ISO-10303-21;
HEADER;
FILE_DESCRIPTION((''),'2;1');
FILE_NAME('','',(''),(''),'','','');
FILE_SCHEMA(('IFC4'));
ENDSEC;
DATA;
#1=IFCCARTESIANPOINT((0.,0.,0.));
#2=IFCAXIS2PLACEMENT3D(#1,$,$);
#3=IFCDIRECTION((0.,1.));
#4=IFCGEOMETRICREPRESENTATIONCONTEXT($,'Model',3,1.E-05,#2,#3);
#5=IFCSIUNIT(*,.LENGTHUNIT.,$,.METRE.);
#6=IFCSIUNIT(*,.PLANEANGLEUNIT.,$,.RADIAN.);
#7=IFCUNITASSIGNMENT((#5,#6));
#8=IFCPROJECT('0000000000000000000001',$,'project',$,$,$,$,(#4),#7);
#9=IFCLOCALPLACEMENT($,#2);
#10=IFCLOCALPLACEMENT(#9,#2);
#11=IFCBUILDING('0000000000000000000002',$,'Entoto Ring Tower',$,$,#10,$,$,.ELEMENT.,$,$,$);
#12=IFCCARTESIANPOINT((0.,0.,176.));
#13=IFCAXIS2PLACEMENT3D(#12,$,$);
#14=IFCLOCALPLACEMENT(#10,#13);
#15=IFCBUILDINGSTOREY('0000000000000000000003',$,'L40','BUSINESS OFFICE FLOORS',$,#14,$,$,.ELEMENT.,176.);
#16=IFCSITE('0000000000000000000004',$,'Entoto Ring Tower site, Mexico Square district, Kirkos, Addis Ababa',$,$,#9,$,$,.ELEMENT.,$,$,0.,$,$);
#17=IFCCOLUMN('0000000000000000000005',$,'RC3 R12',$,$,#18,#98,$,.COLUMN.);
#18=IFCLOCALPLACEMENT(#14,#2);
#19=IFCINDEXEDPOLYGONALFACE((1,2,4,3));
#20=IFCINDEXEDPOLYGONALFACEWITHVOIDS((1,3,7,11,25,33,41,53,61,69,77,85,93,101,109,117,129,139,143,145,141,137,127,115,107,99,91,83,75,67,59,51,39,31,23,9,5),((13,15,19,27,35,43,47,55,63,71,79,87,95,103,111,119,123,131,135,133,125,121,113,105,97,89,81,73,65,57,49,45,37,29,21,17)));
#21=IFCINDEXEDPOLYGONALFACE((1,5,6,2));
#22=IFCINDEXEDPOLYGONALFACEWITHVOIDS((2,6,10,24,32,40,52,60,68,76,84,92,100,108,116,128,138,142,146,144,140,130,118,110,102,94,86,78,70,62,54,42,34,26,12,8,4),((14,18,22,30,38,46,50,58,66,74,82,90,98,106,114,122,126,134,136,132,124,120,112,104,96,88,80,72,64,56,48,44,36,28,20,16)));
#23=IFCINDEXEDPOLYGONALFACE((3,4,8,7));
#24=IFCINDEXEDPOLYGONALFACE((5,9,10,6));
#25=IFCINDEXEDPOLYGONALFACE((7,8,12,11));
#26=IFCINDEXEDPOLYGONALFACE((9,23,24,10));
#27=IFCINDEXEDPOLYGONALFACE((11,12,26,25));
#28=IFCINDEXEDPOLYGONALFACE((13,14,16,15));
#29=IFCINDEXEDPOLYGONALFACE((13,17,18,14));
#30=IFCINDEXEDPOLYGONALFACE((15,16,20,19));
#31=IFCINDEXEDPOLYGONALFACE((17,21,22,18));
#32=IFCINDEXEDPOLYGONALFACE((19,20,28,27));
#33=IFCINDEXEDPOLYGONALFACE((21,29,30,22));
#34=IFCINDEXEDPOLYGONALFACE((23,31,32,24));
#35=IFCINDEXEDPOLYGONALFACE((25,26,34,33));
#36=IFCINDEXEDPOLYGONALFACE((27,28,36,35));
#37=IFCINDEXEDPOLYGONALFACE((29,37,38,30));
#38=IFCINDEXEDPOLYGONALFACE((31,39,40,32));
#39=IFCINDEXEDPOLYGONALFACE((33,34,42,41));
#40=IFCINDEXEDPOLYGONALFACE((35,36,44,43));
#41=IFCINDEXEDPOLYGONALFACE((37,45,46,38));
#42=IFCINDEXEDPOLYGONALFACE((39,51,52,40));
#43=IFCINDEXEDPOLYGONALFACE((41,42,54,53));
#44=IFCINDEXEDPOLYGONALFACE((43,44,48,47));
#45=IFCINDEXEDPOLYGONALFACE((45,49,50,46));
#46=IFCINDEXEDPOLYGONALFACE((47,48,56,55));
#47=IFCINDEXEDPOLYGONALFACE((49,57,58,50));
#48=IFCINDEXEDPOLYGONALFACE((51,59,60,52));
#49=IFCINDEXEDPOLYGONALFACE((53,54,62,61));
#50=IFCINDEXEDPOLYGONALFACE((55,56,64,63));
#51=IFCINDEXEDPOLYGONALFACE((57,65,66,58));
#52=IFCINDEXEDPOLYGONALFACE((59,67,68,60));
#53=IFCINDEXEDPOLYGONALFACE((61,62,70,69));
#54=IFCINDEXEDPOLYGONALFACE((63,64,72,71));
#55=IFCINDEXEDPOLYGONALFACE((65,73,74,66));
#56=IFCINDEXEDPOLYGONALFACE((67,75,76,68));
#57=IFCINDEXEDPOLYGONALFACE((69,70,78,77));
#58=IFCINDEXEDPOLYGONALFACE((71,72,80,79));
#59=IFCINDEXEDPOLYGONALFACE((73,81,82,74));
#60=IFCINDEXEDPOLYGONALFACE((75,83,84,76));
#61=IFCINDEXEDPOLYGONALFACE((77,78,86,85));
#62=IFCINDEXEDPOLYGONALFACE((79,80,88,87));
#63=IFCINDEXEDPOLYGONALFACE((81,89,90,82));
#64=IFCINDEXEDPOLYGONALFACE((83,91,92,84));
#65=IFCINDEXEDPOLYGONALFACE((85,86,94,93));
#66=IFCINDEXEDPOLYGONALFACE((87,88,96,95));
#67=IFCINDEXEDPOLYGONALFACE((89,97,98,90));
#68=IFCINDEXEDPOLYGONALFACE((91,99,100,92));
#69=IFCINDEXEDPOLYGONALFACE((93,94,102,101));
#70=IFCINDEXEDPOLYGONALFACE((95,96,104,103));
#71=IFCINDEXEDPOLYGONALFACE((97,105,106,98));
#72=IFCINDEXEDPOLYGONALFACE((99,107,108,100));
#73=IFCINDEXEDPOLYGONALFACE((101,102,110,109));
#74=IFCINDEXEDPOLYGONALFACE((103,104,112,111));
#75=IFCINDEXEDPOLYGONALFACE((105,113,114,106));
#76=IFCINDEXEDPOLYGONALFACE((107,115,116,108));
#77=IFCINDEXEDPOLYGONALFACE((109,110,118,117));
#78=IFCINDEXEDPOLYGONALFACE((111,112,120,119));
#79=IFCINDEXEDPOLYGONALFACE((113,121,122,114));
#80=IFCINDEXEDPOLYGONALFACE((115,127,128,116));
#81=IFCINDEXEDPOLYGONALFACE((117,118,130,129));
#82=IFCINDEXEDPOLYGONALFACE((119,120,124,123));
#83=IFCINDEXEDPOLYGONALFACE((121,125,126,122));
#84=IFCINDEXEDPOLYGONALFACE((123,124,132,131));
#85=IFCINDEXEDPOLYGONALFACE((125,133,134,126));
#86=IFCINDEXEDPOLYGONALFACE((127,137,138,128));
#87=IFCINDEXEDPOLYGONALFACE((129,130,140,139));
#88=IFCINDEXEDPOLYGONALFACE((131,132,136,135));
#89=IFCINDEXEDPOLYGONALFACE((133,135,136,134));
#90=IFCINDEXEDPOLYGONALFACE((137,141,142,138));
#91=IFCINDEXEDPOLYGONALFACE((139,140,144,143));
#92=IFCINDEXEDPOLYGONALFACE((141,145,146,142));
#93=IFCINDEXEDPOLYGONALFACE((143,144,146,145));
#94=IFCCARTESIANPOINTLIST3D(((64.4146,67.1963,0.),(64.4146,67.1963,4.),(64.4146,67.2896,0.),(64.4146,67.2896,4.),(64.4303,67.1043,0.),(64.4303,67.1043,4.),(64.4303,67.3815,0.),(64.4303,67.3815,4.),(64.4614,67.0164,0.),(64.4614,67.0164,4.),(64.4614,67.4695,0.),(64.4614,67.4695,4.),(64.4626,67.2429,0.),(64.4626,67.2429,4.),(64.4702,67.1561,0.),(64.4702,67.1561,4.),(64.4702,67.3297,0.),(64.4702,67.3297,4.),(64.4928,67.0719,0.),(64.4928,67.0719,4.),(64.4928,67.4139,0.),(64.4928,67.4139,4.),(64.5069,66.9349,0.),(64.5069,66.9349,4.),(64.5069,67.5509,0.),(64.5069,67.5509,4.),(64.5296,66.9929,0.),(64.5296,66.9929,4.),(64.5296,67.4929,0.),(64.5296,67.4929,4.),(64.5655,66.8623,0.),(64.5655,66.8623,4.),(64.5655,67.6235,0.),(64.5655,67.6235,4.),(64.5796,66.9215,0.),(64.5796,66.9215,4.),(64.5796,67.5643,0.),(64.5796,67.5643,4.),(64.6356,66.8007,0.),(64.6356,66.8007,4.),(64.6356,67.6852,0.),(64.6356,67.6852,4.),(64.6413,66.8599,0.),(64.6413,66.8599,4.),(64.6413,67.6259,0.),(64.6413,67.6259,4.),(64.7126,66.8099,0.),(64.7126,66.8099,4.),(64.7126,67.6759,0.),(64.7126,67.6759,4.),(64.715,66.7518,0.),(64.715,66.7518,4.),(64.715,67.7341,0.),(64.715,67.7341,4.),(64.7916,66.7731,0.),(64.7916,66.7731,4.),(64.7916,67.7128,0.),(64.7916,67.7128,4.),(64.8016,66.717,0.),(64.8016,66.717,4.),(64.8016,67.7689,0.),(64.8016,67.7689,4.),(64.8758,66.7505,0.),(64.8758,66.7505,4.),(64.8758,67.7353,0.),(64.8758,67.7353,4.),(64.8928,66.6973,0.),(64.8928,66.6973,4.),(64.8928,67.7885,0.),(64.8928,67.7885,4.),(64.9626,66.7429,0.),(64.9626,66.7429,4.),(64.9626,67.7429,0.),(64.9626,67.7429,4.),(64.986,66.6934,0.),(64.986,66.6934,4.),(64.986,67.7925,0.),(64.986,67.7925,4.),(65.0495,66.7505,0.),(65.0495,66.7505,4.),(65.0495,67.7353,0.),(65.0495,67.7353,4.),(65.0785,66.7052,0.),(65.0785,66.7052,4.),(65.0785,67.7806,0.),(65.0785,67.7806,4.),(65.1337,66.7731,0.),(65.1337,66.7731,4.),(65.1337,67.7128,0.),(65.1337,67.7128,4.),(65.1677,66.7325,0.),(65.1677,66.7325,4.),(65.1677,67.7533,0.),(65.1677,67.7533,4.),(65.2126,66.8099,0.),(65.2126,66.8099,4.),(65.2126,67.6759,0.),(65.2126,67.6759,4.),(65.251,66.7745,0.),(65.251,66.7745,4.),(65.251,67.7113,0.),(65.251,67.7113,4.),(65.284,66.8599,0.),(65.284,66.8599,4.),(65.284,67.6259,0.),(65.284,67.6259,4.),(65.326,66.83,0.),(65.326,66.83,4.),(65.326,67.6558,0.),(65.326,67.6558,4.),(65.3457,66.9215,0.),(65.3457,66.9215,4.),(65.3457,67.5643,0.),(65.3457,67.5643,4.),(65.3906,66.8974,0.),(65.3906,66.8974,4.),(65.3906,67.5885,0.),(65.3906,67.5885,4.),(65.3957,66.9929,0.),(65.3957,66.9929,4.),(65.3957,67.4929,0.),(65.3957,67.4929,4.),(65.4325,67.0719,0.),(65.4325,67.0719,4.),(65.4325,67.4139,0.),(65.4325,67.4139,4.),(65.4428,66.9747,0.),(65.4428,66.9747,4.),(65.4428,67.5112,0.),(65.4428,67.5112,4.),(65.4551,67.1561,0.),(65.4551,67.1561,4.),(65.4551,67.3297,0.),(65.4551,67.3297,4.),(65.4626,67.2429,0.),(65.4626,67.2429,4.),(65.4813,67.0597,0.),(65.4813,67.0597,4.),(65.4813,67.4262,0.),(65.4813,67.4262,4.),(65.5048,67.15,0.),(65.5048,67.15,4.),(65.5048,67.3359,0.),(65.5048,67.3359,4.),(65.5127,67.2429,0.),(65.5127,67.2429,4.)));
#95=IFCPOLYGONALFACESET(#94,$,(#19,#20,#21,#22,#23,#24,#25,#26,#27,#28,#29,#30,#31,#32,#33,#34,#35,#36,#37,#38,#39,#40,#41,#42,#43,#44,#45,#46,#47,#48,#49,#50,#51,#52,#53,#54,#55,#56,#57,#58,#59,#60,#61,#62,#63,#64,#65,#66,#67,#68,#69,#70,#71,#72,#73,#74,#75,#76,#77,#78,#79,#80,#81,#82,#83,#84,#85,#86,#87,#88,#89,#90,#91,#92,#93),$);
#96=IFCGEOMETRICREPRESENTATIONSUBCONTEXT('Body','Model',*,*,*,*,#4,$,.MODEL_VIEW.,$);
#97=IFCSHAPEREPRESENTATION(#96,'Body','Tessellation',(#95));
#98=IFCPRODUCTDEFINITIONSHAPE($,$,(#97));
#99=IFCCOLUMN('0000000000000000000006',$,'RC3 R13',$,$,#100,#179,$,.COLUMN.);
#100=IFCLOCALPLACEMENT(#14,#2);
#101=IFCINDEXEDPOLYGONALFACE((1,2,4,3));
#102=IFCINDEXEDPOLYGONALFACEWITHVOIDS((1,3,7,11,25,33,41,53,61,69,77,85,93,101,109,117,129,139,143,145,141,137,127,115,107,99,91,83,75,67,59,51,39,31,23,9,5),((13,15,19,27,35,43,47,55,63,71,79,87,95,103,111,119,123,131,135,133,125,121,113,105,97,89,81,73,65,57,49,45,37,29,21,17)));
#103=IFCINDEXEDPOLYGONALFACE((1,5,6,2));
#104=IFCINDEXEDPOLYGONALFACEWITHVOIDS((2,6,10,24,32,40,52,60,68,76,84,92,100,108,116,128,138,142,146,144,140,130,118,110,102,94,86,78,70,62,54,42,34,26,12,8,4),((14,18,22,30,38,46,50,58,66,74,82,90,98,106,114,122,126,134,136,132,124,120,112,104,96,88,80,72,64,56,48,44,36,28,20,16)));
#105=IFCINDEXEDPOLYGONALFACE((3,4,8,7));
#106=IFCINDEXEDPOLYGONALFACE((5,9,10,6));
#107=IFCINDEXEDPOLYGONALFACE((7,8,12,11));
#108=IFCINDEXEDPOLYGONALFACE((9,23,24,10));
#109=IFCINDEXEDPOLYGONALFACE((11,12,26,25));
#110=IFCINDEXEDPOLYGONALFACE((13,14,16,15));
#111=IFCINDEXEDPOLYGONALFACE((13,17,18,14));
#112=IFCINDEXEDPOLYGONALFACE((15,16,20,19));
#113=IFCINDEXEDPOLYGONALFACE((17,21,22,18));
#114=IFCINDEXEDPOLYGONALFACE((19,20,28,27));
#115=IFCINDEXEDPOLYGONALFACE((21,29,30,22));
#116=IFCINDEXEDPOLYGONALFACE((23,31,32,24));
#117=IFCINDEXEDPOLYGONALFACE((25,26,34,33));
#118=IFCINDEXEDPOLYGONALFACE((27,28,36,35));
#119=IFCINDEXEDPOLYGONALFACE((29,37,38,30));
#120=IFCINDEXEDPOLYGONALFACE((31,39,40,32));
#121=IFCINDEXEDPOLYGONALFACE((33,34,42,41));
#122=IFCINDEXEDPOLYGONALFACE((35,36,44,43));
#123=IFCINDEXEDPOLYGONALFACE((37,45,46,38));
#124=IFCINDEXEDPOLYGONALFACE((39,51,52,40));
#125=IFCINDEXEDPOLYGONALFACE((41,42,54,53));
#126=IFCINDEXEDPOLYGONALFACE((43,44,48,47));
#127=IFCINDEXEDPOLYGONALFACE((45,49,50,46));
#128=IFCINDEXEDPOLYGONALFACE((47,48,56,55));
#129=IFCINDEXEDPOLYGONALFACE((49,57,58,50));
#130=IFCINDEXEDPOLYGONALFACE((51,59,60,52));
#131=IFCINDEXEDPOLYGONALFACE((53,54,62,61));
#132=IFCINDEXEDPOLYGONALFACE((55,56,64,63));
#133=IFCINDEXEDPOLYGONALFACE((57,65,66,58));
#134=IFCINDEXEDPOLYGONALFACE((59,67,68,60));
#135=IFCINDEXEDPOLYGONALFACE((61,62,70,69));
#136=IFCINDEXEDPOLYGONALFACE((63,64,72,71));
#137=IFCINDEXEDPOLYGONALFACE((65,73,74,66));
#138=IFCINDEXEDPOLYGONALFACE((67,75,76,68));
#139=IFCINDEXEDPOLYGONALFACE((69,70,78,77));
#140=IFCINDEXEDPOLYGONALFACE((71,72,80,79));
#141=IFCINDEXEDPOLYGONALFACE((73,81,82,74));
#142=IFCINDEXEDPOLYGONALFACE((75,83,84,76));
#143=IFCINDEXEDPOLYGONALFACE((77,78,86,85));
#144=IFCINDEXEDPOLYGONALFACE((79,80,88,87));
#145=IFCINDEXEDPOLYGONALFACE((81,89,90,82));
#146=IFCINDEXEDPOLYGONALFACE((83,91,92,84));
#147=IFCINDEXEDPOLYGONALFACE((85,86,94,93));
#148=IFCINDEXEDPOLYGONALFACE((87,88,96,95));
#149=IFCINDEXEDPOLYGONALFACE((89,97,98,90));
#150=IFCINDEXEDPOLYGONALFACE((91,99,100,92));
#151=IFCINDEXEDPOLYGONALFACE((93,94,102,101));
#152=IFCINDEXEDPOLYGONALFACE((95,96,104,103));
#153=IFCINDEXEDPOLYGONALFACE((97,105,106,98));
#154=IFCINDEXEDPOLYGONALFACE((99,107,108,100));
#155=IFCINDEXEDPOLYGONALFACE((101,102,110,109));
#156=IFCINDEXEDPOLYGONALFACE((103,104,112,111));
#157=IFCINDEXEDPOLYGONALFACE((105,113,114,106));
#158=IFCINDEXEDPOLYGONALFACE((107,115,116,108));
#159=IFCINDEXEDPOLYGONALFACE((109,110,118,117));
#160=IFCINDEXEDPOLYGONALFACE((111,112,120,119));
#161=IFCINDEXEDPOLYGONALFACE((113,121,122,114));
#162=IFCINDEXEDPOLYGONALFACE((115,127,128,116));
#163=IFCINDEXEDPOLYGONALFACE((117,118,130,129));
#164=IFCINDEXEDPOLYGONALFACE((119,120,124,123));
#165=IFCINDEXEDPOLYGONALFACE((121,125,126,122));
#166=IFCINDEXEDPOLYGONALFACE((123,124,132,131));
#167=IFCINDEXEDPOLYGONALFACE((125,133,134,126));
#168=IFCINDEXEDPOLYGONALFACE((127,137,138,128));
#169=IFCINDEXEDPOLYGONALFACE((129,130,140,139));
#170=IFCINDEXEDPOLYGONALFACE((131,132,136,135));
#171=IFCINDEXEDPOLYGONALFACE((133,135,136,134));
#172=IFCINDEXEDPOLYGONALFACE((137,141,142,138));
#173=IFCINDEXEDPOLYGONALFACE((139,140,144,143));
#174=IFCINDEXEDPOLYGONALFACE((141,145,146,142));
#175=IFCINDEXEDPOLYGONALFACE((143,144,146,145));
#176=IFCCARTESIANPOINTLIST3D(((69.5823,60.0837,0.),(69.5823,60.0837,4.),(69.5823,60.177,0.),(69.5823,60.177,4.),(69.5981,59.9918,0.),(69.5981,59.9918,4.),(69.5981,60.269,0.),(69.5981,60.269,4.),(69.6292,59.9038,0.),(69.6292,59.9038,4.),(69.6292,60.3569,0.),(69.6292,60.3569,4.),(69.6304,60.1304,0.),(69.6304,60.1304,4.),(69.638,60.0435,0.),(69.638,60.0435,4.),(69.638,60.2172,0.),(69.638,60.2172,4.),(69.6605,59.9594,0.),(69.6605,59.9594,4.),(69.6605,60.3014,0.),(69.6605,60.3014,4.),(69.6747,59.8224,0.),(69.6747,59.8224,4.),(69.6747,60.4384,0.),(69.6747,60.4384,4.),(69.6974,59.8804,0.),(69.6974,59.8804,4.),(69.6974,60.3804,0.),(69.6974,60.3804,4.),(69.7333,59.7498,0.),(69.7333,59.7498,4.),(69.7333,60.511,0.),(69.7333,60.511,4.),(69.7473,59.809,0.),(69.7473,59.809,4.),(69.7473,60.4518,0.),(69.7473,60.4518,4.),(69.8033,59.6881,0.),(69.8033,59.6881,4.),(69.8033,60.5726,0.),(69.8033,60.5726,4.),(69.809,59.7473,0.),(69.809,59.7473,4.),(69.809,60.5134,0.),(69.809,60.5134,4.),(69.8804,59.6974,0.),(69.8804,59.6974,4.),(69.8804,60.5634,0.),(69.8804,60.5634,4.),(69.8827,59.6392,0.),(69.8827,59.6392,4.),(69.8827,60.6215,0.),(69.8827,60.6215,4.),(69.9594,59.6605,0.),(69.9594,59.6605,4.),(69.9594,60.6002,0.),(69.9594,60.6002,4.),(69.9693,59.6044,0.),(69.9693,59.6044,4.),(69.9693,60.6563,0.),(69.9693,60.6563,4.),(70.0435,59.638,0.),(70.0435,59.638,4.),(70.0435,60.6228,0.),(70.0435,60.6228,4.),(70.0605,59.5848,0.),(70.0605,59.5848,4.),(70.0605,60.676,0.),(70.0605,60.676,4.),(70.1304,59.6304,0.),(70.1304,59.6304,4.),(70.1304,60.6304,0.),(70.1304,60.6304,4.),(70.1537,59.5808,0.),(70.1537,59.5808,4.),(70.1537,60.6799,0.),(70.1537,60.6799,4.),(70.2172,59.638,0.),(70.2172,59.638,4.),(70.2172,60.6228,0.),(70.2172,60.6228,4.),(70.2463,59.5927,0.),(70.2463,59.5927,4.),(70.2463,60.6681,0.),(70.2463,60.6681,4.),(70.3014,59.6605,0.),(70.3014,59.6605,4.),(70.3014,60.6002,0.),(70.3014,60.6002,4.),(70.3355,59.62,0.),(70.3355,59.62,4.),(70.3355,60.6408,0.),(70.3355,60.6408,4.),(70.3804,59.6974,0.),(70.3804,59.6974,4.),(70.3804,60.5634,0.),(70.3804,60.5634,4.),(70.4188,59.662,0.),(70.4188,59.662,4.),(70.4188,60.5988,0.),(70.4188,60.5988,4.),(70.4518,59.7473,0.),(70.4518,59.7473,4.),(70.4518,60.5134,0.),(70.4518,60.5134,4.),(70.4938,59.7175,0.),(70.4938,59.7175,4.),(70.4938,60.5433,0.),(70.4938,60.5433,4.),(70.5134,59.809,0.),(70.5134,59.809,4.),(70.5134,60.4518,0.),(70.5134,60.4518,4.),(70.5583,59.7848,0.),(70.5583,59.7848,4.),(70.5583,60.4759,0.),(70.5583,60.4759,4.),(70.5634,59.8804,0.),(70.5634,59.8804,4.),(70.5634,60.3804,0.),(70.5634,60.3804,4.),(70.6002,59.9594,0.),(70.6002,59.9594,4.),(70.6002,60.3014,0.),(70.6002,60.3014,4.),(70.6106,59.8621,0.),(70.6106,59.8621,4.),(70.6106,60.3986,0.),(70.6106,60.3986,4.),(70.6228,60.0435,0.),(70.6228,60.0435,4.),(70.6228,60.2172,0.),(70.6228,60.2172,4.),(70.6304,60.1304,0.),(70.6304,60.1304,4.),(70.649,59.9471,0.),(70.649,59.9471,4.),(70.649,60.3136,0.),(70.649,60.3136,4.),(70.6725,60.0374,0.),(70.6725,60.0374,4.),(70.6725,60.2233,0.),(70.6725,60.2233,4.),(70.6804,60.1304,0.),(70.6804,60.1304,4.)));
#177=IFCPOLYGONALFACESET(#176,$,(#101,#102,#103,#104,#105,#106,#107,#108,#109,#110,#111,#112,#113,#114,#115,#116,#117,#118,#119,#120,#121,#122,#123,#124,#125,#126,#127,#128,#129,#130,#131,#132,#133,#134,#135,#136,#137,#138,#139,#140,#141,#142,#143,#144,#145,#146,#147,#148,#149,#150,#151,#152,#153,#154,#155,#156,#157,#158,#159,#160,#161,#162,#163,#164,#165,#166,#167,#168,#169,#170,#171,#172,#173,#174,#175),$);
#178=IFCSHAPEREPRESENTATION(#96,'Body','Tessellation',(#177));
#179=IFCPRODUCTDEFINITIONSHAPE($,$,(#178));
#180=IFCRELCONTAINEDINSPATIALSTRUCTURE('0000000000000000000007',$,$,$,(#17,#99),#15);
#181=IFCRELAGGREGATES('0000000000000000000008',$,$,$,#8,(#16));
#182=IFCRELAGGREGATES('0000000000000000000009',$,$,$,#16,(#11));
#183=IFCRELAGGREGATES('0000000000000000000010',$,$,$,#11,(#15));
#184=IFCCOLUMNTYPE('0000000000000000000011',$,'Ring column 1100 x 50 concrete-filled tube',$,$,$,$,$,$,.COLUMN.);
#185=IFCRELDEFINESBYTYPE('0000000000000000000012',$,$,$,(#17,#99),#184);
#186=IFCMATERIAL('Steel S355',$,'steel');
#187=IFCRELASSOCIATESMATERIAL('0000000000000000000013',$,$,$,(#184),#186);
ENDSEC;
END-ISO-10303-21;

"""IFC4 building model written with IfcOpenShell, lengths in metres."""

from ifc_helpers import new_model, si_unit, direction, frame, origin, origin_2d, place, context, subcontext, project, spatial, circle, hollow_circle, extrude, material, material_profile, profile_set, type_object, element, save


model = new_model("IFC4")

# Units and contexts
model_context = context("Model", 3, precision=1e-05, world=origin(), true_north=direction((0.0, 1.0)))
body_context = subcontext(model_context, "Body", "Model", "MODEL_VIEW")
ifc_project = project(units=[si_unit("LENGTHUNIT", "METRE"), si_unit("PLANEANGLEUNIT", "RADIAN")], contexts=[model_context])

# Site, building, storey
site_placement = place(None, origin())
site = spatial("IfcSite", under=ifc_project, at=site_placement, Name="Entoto Ring Tower site, Mexico Square district, Kirkos, Addis Ababa", CompositionType="ELEMENT", RefElevation=0.0)
building_placement = place(site_placement, origin())
building = spatial("IfcBuilding", under=site, at=building_placement, Name="Entoto Ring Tower", CompositionType="ELEMENT")
storey_placement = place(building_placement, frame((0.0, 0.0, 176.0)))
storey = spatial("IfcBuildingStorey", under=building, at=storey_placement, Name="L40", Description="BUSINESS OFFICE FLOORS", CompositionType="ELEMENT", Elevation=176.0)

# Columns
ifc_material_1 = material(Name="Steel S355", Category="steel")
ifc_material_profile_1 = material_profile(ifc_material_1, hollow_circle(Radius=0.55, WallThickness=0.05, at=origin_2d()), Name="CHS 1100 x 50")
ifc_material_2 = material(Name="Concrete C60/75", Category="concrete")
ifc_material_profile_2 = material_profile(ifc_material_2, circle(Radius=0.5, at=origin_2d()), Name="Concrete C60/75 infill")
ifc_profile_set_1 = profile_set([ifc_material_profile_1, ifc_material_profile_2], Name="Steel S355")
column_type = type_object("IfcColumnType", Name="Ring column 1100 x 50 concrete-filled tube", PredefinedType="COLUMN", material=ifc_profile_set_1)
for number, where, z_axis, x_axis, name in (
    (1, (64.9626, 67.2429, 0.0), (0.0, 0.0, 1.0), (1.0, 0.0, 0.0), "RC3 R12"),
    (2, (70.1304, 60.1304, 0.0), (0.0, 0.0, 1.0), (1.0, 0.0, 0.0), "RC3 R13"),
):
    element("IfcColumn", number, at=place(storey_placement, frame(where, z_axis=z_axis, x_axis=x_axis)), inside=storey, type_object=column_type, Name=name, PredefinedType="COLUMN", context=body_context, shape_type="SweptSolid", body=[
        extrude(hollow_circle(Radius=0.55, WallThickness=0.05, at=origin_2d()), origin(), (0.0, 0.0, 1.0), 4.0),
    ])

save(model, "model.ifc")
